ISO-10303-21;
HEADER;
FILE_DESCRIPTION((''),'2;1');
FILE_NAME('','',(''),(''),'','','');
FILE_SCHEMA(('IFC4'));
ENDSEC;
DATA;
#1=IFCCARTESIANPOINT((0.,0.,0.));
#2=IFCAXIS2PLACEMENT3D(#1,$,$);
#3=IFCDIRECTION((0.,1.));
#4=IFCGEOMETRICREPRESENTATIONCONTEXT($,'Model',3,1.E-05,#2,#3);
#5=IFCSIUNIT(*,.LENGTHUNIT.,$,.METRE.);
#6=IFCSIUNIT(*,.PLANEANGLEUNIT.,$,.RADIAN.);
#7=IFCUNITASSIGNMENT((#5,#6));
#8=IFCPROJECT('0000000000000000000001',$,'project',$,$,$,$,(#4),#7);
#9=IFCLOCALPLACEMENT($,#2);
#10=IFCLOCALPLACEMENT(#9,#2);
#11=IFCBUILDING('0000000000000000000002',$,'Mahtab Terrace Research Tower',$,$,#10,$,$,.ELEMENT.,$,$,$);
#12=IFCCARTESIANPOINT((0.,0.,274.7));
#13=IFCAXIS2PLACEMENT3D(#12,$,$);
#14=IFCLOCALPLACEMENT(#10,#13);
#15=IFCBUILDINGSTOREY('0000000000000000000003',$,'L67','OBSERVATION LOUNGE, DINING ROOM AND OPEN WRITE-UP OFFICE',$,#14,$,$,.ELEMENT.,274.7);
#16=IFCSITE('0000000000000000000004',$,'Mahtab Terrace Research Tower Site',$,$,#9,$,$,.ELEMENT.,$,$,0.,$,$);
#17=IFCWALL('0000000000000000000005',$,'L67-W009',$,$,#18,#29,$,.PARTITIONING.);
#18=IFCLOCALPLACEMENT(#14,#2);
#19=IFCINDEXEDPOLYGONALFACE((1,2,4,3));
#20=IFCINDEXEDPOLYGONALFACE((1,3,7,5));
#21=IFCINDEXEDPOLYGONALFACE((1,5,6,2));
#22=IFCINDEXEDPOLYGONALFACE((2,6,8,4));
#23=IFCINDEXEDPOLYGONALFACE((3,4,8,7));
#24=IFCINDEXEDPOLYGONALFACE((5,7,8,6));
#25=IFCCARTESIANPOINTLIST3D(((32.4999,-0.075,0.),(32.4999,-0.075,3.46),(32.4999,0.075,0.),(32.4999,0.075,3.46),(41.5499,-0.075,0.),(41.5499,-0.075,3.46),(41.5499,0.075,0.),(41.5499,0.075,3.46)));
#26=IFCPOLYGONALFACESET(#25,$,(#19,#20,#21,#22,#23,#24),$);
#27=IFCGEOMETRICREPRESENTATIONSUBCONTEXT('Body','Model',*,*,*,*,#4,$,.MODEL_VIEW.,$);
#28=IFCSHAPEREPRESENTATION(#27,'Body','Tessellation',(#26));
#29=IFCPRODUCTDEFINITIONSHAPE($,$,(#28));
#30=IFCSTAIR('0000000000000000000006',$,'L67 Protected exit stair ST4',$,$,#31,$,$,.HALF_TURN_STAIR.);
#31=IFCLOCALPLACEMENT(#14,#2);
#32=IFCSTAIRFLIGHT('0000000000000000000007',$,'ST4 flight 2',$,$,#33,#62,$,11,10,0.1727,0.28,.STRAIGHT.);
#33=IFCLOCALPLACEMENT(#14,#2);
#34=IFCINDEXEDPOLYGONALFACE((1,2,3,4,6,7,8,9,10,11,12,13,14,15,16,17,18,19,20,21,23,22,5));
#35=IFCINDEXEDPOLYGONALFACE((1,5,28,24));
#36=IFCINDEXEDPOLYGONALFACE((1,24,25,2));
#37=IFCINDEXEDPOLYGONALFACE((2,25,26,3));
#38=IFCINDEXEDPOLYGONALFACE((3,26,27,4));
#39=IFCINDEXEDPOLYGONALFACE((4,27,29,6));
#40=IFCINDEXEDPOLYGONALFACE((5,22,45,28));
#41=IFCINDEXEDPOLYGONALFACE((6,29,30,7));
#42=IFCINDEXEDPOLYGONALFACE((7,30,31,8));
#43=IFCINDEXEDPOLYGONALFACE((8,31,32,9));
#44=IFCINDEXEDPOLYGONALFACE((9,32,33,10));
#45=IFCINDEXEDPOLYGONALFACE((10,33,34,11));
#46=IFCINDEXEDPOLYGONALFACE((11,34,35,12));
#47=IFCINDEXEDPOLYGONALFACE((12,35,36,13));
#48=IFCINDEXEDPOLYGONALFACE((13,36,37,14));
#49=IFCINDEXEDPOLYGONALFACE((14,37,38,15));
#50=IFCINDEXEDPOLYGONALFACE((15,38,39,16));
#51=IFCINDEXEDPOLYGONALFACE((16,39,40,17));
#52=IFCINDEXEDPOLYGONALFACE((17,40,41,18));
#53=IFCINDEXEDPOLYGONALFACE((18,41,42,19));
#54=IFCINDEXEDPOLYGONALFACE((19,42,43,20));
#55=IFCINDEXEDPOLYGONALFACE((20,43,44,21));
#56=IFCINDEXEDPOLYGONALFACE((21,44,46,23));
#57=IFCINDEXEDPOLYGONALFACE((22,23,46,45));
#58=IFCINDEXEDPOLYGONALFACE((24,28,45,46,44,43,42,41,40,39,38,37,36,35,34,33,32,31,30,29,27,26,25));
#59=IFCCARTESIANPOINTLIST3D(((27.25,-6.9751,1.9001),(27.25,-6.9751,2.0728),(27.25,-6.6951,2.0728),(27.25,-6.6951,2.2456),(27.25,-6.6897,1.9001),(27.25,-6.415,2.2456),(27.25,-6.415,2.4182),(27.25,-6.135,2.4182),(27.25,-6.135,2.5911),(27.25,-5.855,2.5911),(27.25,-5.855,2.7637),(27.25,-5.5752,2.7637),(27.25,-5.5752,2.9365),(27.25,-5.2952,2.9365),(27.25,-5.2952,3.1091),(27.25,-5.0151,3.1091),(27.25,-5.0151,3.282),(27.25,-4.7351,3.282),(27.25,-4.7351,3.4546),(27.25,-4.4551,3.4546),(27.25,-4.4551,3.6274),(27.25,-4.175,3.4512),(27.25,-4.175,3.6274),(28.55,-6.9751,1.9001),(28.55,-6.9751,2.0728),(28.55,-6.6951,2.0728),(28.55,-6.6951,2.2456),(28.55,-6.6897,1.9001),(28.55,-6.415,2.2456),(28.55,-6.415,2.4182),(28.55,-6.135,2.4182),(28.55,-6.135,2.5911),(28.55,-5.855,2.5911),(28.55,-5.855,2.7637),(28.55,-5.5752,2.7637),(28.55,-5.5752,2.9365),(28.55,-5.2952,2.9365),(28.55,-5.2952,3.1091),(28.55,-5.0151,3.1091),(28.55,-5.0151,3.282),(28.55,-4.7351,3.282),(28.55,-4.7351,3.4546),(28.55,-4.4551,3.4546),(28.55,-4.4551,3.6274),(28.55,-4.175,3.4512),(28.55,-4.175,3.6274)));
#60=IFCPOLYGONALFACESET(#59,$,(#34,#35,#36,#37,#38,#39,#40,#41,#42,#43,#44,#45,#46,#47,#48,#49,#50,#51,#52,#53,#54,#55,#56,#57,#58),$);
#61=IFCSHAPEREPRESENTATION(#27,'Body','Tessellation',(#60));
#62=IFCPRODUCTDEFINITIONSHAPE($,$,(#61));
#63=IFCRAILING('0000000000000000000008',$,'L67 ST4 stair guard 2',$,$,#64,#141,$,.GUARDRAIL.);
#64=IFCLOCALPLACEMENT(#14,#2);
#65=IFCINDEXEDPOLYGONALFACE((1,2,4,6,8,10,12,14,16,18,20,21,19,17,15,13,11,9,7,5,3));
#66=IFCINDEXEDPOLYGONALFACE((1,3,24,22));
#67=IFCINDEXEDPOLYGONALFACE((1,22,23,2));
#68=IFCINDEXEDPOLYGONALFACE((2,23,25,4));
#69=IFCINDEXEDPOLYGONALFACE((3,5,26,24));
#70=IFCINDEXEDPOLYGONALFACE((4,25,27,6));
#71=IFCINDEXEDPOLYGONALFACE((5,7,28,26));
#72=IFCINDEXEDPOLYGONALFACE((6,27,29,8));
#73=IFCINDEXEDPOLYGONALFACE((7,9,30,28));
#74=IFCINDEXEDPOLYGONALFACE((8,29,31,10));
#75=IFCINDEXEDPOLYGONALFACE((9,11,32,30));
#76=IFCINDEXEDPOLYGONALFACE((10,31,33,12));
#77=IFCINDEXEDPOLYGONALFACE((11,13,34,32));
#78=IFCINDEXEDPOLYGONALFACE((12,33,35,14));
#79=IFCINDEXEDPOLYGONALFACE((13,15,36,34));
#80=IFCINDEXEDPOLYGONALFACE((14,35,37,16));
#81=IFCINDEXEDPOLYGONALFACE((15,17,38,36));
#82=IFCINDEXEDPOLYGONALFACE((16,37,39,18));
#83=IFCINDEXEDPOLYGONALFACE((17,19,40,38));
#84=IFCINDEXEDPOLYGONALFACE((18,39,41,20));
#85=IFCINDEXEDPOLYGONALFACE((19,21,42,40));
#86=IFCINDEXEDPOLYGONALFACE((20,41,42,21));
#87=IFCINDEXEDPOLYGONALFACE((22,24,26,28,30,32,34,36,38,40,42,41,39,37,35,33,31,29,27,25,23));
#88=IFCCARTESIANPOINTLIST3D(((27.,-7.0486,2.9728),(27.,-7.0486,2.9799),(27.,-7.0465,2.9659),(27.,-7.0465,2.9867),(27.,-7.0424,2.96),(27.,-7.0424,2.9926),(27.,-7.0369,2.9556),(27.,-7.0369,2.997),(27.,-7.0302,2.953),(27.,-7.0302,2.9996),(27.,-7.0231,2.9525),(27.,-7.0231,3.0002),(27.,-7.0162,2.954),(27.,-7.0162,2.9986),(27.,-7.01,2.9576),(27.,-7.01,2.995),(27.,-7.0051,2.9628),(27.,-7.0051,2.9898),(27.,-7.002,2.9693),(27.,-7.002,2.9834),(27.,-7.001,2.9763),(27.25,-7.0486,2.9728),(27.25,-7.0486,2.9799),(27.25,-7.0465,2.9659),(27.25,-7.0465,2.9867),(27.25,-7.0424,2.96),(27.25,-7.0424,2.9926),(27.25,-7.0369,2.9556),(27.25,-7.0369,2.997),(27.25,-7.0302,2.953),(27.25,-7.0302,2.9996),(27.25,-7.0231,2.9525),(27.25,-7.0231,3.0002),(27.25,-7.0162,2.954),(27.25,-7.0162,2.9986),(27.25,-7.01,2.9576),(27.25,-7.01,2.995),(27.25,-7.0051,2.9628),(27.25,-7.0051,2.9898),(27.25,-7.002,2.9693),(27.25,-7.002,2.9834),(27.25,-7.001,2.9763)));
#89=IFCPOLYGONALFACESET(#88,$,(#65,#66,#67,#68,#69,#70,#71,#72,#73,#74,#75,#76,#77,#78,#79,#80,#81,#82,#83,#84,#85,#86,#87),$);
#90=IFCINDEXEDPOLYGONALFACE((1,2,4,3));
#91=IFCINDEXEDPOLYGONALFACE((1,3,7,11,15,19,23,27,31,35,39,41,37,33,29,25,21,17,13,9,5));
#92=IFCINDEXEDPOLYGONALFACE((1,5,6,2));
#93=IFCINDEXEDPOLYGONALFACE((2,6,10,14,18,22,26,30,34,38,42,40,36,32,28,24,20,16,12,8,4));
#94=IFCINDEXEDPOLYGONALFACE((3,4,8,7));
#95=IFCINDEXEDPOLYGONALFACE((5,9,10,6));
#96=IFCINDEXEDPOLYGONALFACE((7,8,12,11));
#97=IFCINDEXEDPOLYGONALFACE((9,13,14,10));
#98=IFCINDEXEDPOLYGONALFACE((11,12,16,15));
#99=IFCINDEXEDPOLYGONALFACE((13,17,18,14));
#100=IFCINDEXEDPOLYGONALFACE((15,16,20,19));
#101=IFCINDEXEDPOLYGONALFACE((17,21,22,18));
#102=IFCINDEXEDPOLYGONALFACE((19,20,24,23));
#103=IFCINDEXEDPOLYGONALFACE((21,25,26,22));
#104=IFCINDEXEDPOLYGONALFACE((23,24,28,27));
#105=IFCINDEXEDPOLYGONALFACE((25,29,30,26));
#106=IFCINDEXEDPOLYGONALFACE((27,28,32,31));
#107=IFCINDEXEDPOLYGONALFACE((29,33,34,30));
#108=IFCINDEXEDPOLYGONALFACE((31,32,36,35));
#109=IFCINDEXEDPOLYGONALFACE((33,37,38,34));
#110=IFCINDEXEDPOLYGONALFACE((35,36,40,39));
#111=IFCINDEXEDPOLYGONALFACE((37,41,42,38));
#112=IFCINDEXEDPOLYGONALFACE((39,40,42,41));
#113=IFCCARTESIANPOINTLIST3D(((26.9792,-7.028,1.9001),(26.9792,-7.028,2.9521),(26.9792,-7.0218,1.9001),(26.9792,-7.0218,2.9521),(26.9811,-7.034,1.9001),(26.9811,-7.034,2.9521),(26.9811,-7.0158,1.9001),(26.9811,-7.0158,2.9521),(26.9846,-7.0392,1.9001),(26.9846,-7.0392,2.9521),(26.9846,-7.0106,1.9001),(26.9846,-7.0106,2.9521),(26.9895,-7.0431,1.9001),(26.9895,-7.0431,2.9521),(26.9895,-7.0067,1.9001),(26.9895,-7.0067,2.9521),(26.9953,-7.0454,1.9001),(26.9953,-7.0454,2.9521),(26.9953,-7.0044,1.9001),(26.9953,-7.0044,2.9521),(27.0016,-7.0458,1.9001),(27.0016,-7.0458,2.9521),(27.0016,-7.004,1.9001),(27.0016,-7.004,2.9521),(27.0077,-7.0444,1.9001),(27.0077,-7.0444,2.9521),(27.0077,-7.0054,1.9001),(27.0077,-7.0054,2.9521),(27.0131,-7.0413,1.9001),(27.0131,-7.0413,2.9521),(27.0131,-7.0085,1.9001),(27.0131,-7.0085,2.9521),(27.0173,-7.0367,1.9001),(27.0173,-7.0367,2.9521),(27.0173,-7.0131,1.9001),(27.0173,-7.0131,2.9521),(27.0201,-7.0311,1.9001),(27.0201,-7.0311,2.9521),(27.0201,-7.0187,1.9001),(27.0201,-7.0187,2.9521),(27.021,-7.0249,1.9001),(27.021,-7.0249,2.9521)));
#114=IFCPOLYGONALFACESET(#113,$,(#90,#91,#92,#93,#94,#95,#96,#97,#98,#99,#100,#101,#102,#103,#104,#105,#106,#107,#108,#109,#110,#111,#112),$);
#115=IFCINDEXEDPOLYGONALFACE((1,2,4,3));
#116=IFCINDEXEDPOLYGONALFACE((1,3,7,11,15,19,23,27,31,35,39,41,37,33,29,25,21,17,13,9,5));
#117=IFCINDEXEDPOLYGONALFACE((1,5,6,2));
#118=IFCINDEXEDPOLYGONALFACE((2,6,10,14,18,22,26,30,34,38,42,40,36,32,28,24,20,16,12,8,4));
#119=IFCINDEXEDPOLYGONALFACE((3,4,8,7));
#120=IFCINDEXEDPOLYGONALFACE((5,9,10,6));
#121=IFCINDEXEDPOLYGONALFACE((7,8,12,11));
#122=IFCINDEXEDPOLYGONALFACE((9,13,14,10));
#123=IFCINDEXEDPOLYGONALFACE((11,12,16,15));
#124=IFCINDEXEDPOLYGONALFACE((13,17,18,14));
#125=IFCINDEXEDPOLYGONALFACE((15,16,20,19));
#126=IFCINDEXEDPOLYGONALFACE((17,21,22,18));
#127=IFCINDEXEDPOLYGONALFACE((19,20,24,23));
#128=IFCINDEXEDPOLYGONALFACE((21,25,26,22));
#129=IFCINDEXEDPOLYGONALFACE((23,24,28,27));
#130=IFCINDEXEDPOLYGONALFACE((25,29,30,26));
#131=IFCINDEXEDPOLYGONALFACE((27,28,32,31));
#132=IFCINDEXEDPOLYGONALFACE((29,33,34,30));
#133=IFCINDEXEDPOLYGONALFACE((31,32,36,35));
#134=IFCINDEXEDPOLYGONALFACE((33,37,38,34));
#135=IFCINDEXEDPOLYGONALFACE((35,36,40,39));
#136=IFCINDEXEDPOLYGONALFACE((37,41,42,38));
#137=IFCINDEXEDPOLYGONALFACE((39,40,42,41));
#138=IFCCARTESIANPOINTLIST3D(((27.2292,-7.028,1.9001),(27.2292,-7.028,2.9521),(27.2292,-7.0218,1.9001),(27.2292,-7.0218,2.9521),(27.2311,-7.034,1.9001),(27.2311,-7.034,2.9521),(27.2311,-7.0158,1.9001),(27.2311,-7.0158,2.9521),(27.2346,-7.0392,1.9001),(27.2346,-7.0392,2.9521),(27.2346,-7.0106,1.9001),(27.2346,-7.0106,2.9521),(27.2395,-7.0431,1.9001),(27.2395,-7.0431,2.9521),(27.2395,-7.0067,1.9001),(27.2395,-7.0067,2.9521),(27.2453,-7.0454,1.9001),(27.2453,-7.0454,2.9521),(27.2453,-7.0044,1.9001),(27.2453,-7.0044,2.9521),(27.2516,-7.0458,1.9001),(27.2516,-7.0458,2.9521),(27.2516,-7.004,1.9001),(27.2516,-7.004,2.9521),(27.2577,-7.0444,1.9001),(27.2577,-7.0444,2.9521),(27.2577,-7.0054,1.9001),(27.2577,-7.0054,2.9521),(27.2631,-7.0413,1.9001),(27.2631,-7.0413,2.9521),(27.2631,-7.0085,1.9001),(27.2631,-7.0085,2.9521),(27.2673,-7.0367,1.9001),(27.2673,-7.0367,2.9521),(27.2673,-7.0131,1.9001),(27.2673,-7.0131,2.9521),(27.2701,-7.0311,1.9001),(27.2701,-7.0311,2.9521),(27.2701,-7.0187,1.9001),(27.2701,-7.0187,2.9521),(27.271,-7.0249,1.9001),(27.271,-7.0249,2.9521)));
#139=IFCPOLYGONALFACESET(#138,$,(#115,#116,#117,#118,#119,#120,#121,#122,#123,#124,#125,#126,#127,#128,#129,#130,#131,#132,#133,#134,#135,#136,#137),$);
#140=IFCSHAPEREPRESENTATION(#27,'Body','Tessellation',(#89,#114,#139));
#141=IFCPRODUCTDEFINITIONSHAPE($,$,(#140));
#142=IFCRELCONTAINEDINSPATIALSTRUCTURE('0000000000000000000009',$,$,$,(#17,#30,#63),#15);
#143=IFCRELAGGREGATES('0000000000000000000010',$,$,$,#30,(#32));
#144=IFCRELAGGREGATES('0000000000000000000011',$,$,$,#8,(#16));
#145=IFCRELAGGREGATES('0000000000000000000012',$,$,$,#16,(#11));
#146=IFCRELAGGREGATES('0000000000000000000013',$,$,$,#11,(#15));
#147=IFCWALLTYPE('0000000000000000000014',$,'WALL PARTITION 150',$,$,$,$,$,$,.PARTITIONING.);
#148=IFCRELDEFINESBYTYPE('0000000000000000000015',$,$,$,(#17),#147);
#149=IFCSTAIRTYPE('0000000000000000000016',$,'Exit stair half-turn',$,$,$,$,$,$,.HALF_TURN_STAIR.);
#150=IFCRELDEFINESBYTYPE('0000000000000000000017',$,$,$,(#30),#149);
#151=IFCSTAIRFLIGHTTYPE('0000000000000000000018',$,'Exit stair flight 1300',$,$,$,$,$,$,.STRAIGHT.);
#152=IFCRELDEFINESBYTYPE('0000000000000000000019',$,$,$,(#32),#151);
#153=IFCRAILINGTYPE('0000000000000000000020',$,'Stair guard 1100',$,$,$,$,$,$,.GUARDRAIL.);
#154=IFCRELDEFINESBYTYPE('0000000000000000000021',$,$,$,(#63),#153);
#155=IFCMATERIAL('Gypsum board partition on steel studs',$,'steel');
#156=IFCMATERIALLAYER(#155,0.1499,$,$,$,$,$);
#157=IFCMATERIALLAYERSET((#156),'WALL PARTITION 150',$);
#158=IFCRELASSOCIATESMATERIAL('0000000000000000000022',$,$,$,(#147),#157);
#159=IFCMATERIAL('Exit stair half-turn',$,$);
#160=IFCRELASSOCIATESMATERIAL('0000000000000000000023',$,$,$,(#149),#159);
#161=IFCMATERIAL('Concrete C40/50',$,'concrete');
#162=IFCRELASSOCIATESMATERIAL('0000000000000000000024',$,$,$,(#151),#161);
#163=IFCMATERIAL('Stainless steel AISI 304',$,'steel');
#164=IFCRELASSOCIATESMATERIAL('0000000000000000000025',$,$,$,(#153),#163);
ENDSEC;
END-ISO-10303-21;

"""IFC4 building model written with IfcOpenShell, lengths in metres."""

from ifc_helpers import new_model, si_unit, direction, frame, frame_2d, origin, origin_2d, place, context, subcontext, project, spatial, polyline, rectangle, circle, outline, extrude, material, layer, layer_set, type_object, element, aggregate, save


model = new_model("IFC4")

# Units and contexts
model_context = context("Model", 3, precision=1e-05, world=origin(), true_north=direction((0.0, 1.0)))
body_context = subcontext(model_context, "Body", "Model", "MODEL_VIEW")
ifc_project = project(units=[si_unit("LENGTHUNIT", "METRE"), si_unit("PLANEANGLEUNIT", "RADIAN")], contexts=[model_context])

# Site, building, storey
site_placement = place(None, origin())
site = spatial("IfcSite", under=ifc_project, at=site_placement, Name="Mahtab Terrace Research Tower Site", CompositionType="ELEMENT", RefElevation=0.0)
building_placement = place(site_placement, origin())
building = spatial("IfcBuilding", under=site, at=building_placement, Name="Mahtab Terrace Research Tower", CompositionType="ELEMENT")
storey_placement = place(building_placement, frame((0.0, 0.0, 274.7)))
storey = spatial("IfcBuildingStorey", under=building, at=storey_placement, Name="L67", Description="OBSERVATION LOUNGE, DINING ROOM AND OPEN WRITE-UP OFFICE", CompositionType="ELEMENT", Elevation=274.7)

# Wall
ifc_material_1 = material(Name="Gypsum board partition on steel studs", Category="steel")
ifc_layer_1 = layer(ifc_material_1, 0.1499)
ifc_layer_set_1 = layer_set([ifc_layer_1], Name="WALL PARTITION 150")
wall_type_1 = type_object("IfcWallType", Name="WALL PARTITION 150", PredefinedType="PARTITIONING", material=ifc_layer_set_1)
wall_1_placement = place(storey_placement, frame((32.5, 0.0, 0.0), z_axis=(0.0, 0.0, 1.0), x_axis=(1.0, 0.0, 0.0)))
element("IfcWall", 1, at=wall_1_placement, inside=storey, type_object=wall_type_1, Name="L67-W009", PredefinedType="PARTITIONING", context=body_context, shape_type="SweptSolid", body=[
    extrude(rectangle(XDim=9.05, YDim=0.1499, at=frame_2d((4.5249, 0.0))), origin(), (0.0, 0.0, 1.0), 3.46),
])

# Stair, stair flight
ifc_material_2 = material(Name="Exit stair half-turn")
stair_type = type_object("IfcStairType", Name="Exit stair half-turn", PredefinedType="HALF_TURN_STAIR", material=ifc_material_2)
stair_placement = place(storey_placement, origin())
stair = element("IfcStair", 2, at=stair_placement, inside=storey, type_object=stair_type, Name="L67 Protected exit stair ST4", PredefinedType="HALF_TURN_STAIR")
ifc_material_3 = material(Name="Concrete C40/50", Category="concrete")
stair_flight_type = type_object("IfcStairFlightType", Name="Exit stair flight 1300", PredefinedType="STRAIGHT", material=ifc_material_3)
stair_flight_placement = place(storey_placement, frame((27.8999, -6.9751, 1.9001), z_axis=(0.0, 0.0, 1.0), x_axis=(0.0, 1.0, 0.0)))
stair_flight = element("IfcStairFlight", 3, at=stair_flight_placement, type_object=stair_flight_type, Name="ST4 flight 2", NumberOfRisers=11, NumberOfTreads=10, PredefinedType="STRAIGHT", RiserHeight=0.1727, TreadLength=0.28, context=body_context, shape_type="SweptSolid", body=[
    extrude(outline(polyline([(0.0, 0.0), (0.0, 0.1726), (0.28, 0.1726), (0.28, 0.3455), (0.5601, 0.3455), (0.5601, 0.5181), (0.8401, 0.5181), (0.8401, 0.6909), (1.1201, 0.6909), (1.1201, 0.8635), (1.3999, 0.8635), (1.3999, 1.0364), (1.6799, 1.0364), (1.6799, 1.209), (1.96, 1.209), (1.96, 1.3818), (2.24, 1.3818), (2.24, 1.5544), (2.52, 1.5544), (2.52, 1.7273), (2.8, 1.7273), (2.8, 1.8999), (2.8, 1.551), (0.2854, 0.0), (0.0, 0.0)])), frame((0.0, 0.6499, 0.0), z_axis=(0.0, -1.0, 0.0), x_axis=(1.0, 0.0, 0.0)), (0.0, 0.0, 1.0), 1.3),
])
aggregate(stair, [stair_flight])

# Railing
ifc_material_4 = material(Name="Stainless steel AISI 304", Category="steel")
railing_type_1 = type_object("IfcRailingType", Name="Stair guard 1100", PredefinedType="GUARDRAIL", material=ifc_material_4)
railing_1_placement = place(storey_placement, frame((27.0, -7.0249, 1.9001)))
element("IfcRailing", 4, at=railing_1_placement, inside=storey, type_object=railing_type_1, Name="L67 ST4 stair guard 2", PredefinedType="GUARDRAIL", context=body_context, shape_type="SweptSolid", body=[
    extrude(circle(Radius=0.0239, at=origin_2d()), frame((0.0, 0.0, 1.0762), z_axis=(1.0, 0.0, 0.0), x_axis=(0.0, 1.0, 0.0)), (0.0, 0.0, 1.0), 0.25),
    extrude(circle(Radius=0.021, at=origin_2d()), origin(), (0.0, 0.0, 1.0), 1.052),
    extrude(circle(Radius=0.021, at=origin_2d()), frame((0.25, 0.0, 0.0)), (0.0, 0.0, 1.0), 1.052),
])

save(model, "model.ifc")
